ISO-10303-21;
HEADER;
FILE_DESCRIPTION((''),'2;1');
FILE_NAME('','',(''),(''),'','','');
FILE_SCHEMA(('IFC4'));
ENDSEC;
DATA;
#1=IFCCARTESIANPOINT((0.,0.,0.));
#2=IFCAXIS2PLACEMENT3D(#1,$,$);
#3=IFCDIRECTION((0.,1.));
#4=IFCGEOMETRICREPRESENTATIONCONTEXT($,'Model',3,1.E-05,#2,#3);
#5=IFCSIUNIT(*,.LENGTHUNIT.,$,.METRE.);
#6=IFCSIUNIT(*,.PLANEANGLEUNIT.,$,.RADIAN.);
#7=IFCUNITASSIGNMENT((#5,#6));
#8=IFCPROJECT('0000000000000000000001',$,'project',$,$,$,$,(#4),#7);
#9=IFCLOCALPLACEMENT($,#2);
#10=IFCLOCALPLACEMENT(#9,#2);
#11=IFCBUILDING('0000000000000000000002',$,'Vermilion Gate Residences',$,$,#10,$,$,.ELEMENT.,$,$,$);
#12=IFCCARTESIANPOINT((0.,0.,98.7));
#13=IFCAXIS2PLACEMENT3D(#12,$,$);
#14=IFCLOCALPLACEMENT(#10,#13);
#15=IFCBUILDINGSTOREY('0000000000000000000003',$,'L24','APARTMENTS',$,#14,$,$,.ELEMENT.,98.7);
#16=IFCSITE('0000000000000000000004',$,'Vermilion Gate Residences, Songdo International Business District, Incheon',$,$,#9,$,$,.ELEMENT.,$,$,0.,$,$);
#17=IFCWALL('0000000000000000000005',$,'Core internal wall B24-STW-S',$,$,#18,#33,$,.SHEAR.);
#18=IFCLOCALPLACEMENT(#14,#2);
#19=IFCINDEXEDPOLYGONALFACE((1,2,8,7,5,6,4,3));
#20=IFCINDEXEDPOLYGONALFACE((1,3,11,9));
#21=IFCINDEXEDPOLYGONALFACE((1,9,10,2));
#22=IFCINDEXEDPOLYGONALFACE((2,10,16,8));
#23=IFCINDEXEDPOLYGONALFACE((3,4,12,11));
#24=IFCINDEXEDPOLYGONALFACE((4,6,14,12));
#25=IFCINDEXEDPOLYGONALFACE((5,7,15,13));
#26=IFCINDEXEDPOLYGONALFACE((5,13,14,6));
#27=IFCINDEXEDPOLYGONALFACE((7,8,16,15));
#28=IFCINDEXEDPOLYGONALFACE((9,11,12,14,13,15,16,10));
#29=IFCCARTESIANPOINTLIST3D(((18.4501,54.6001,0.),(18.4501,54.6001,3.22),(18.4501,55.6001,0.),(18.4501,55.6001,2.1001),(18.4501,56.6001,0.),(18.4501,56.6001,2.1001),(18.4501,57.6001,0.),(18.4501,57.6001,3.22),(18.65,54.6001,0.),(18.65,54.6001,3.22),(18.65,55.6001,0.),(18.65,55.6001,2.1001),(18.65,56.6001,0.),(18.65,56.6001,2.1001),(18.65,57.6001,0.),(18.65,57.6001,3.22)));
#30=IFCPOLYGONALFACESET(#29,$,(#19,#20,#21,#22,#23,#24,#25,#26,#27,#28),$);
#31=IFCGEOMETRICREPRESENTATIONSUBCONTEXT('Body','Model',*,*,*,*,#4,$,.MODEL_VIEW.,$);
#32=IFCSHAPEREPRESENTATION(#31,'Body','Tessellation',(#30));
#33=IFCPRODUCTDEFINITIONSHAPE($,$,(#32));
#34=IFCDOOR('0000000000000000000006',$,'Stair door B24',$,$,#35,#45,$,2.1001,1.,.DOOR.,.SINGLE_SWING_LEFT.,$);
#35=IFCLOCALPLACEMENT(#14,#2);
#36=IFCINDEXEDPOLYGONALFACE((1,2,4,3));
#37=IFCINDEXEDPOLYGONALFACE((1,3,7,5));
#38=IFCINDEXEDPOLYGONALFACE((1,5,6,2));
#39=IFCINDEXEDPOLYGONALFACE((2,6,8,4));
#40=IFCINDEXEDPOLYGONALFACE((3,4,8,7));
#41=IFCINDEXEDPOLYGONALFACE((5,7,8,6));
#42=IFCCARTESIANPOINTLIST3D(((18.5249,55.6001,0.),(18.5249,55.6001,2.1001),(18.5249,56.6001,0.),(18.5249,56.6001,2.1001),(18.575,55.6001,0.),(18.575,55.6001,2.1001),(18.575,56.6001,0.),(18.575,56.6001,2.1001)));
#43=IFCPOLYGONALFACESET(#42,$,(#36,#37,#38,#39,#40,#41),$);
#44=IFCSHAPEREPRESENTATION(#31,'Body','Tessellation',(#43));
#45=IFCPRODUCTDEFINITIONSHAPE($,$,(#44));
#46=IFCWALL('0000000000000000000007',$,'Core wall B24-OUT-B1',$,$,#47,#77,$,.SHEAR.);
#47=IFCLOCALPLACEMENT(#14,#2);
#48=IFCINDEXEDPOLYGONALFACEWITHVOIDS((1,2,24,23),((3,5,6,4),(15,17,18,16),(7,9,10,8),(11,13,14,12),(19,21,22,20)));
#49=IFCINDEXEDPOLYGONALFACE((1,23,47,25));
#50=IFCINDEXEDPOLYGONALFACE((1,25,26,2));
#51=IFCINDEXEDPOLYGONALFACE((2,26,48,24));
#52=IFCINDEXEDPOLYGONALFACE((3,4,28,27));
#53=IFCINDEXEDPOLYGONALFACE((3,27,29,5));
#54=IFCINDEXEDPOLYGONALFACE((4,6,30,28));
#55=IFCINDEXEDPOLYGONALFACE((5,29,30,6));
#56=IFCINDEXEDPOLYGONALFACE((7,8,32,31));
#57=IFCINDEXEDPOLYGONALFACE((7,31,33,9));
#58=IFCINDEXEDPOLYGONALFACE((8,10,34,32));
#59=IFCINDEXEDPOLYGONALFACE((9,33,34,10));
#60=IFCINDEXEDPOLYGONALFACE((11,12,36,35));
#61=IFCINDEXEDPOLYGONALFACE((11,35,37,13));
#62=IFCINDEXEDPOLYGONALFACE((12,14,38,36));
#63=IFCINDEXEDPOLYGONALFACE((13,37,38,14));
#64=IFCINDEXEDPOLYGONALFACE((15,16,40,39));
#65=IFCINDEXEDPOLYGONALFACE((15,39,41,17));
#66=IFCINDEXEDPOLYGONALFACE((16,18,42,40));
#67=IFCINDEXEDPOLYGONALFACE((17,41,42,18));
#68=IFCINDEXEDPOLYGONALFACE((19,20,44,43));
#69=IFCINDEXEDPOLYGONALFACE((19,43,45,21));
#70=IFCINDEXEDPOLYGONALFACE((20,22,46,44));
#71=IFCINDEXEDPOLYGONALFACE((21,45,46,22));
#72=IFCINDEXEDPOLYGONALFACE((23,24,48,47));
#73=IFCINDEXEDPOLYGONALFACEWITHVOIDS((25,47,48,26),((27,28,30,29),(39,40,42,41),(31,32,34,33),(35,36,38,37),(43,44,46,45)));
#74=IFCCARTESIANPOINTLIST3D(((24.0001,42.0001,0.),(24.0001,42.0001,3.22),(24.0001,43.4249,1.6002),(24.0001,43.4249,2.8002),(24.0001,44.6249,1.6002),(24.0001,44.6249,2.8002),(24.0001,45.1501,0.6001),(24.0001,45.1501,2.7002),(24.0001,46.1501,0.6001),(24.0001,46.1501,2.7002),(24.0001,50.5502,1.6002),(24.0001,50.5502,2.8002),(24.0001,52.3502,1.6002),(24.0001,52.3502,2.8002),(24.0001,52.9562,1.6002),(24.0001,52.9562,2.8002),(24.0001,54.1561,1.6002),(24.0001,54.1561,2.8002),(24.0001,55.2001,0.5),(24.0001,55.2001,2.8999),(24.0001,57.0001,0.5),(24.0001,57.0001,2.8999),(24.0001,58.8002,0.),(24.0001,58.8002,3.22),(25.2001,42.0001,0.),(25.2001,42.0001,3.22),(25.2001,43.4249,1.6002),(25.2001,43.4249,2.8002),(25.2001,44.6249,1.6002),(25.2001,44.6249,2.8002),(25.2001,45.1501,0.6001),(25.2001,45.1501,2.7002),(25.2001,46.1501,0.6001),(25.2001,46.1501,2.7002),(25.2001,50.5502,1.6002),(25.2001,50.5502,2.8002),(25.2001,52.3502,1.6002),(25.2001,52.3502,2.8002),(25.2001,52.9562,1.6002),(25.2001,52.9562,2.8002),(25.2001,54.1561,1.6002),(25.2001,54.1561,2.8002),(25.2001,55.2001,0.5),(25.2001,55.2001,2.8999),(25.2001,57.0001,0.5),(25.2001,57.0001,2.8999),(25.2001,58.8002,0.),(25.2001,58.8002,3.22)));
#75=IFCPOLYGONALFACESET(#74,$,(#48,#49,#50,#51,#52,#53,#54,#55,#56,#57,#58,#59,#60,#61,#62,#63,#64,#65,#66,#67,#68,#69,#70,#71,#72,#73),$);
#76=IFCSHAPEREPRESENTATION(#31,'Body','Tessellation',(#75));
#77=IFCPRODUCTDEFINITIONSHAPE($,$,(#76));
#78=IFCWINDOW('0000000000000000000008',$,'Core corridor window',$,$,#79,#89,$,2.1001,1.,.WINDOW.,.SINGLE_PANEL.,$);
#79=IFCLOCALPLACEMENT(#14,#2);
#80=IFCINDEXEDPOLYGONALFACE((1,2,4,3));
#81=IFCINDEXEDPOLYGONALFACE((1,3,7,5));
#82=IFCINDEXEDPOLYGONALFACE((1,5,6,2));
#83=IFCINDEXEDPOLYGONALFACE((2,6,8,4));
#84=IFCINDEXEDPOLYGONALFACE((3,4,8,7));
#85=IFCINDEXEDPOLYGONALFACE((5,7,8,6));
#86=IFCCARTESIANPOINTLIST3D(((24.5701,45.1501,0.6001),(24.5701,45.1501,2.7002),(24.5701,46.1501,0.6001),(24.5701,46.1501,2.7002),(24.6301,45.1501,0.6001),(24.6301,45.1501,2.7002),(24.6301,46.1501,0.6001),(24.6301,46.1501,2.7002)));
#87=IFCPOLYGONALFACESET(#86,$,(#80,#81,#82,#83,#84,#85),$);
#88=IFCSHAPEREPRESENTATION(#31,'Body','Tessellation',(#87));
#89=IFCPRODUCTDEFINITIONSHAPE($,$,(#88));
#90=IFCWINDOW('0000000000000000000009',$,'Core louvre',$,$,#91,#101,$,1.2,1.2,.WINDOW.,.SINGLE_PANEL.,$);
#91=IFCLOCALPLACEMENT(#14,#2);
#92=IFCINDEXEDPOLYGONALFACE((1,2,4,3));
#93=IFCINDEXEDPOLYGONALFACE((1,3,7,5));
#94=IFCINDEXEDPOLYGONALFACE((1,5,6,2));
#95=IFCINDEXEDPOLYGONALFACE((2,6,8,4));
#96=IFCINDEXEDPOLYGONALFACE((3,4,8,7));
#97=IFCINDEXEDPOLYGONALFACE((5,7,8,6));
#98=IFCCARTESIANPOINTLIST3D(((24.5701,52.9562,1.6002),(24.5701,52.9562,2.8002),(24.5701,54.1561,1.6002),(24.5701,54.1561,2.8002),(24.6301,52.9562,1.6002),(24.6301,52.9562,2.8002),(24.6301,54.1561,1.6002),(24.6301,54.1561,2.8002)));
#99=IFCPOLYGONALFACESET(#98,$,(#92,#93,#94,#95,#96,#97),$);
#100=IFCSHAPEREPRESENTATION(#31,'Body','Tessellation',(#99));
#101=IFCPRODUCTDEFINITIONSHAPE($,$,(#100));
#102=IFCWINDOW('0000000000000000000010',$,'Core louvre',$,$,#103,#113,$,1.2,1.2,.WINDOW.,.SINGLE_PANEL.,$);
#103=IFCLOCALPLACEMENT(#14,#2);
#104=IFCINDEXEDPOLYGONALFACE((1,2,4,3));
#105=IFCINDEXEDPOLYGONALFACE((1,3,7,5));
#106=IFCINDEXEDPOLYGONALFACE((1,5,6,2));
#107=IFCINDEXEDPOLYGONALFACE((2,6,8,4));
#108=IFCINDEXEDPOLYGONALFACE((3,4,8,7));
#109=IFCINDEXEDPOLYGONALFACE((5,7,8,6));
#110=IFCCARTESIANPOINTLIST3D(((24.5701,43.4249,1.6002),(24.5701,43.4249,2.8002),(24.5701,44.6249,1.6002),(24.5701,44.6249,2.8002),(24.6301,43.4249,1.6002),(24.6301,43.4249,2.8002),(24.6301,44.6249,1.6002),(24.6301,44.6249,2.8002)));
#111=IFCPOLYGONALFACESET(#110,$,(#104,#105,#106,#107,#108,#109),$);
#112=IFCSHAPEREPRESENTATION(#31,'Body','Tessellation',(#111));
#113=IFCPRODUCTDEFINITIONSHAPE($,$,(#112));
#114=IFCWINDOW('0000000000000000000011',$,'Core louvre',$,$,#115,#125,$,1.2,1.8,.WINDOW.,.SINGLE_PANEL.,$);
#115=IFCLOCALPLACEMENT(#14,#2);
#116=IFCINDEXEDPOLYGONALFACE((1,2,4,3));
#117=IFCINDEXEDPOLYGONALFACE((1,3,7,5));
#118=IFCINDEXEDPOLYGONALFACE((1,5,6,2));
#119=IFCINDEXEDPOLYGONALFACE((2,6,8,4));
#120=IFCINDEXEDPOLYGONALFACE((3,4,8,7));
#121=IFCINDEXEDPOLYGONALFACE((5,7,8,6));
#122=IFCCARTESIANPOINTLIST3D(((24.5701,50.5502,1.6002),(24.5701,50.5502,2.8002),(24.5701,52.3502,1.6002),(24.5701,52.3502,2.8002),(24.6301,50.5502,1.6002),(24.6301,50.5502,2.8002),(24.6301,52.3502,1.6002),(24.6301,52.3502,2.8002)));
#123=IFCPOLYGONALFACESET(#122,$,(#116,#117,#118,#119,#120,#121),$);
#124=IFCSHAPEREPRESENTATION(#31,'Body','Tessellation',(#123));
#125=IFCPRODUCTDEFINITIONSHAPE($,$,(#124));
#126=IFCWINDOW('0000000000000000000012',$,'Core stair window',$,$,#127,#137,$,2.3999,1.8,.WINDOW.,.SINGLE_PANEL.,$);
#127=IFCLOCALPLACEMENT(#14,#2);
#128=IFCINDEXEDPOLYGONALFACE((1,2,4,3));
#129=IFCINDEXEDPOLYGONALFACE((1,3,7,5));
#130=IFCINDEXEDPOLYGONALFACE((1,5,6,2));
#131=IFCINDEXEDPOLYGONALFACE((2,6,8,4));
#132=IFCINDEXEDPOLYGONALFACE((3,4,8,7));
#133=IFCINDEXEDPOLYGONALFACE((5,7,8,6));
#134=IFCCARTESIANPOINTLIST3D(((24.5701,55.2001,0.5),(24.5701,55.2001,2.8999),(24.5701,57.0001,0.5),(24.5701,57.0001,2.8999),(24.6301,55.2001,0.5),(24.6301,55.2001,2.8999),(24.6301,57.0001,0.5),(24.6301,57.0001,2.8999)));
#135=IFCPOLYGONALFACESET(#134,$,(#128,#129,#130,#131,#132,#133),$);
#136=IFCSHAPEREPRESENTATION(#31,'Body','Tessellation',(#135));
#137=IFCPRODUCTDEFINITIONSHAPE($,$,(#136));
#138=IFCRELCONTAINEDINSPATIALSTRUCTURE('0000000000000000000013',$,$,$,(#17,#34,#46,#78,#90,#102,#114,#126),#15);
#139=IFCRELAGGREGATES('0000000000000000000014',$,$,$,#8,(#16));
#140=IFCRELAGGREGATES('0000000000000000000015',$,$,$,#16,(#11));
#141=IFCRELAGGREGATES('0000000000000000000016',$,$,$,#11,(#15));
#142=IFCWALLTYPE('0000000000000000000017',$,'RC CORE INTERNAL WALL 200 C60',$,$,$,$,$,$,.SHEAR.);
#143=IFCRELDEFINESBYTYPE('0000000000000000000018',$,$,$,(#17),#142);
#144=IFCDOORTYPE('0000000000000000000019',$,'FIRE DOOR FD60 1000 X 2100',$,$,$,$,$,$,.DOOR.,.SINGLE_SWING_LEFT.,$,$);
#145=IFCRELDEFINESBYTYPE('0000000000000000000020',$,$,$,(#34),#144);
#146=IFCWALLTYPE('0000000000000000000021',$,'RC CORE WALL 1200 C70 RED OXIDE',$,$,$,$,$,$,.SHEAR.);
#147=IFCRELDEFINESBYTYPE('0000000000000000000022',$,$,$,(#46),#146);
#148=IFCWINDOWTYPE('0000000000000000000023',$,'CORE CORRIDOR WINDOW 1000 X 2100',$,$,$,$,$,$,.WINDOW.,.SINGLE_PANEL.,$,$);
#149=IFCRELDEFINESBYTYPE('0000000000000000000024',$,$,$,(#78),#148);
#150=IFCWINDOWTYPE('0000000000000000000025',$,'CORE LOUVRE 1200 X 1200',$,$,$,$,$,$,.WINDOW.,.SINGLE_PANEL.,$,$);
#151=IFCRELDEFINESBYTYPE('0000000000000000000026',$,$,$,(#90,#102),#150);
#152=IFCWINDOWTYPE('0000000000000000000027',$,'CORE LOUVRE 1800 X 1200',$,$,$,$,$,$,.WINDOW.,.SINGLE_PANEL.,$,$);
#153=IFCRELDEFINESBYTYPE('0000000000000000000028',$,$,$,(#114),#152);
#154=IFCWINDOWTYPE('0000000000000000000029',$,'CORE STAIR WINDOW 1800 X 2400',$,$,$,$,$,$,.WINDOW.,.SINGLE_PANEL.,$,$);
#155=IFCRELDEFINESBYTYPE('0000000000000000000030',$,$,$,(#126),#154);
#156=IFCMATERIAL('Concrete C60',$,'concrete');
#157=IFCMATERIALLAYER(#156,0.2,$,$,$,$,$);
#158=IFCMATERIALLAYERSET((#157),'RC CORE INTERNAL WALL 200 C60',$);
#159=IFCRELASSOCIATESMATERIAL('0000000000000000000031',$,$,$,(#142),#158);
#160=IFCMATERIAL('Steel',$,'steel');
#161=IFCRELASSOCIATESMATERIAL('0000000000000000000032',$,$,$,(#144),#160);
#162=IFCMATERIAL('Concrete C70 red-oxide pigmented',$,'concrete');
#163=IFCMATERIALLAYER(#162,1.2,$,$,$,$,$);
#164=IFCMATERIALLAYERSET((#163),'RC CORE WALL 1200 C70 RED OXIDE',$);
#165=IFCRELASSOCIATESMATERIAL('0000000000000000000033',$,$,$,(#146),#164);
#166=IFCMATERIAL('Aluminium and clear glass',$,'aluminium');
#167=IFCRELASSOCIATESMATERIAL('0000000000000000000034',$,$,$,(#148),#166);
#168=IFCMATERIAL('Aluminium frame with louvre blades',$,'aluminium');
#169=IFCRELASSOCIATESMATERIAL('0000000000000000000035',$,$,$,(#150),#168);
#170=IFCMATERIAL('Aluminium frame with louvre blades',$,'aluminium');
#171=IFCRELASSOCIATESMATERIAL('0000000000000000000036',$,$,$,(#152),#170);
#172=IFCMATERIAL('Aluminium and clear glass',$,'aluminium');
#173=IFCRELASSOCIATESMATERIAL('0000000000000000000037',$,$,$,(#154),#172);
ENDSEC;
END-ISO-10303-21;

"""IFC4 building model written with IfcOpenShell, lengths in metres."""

from ifc_helpers import new_model, si_unit, direction, frame, frame_2d, origin, place, context, subcontext, project, spatial, rectangle, extrude, material, layer, layer_set, type_object, element, fill, save


model = new_model("IFC4")

# Units and contexts
model_context = context("Model", 3, precision=1e-05, world=origin(), true_north=direction((0.0, 1.0)))
body_context = subcontext(model_context, "Body", "Model", "MODEL_VIEW")
ifc_project = project(units=[si_unit("LENGTHUNIT", "METRE"), si_unit("PLANEANGLEUNIT", "RADIAN")], contexts=[model_context])

# Site, building, storey
site_placement = place(None, origin())
site = spatial("IfcSite", under=ifc_project, at=site_placement, Name="Vermilion Gate Residences, Songdo International Business District, Incheon", CompositionType="ELEMENT", RefElevation=0.0)
building_placement = place(site_placement, origin())
building = spatial("IfcBuilding", under=site, at=building_placement, Name="Vermilion Gate Residences", CompositionType="ELEMENT")
storey_placement = place(building_placement, frame((0.0, 0.0, 98.7)))
storey = spatial("IfcBuildingStorey", under=building, at=storey_placement, Name="L24", Description="APARTMENTS", CompositionType="ELEMENT", Elevation=98.7)

# Shared definitions
ifc_material_1 = material(Name="Concrete C60", Category="concrete")
ifc_layer_1 = layer(ifc_material_1, 0.2)
ifc_layer_set_1 = layer_set([ifc_layer_1], Name="RC CORE INTERNAL WALL 200 C60")
wall_type_1 = type_object("IfcWallType", Name="RC CORE INTERNAL WALL 200 C60", PredefinedType="SHEAR", material=ifc_layer_set_1)

# Wall, opening, door
wall_1_placement = place(storey_placement, frame((18.55, 57.6001, 0.0), z_axis=(0.0, 0.0, 1.0), x_axis=(0.0, -1.0, 0.0)))
wall_1 = element("IfcWall", 1, at=wall_1_placement, inside=storey, type_object=wall_type_1, Name="Core internal wall B24-STW-S", PredefinedType="SHEAR", context=body_context, shape_type="SweptSolid", body=[
    extrude(rectangle(XDim=3.0, YDim=0.2, at=frame_2d((1.5, 0.0))), origin(), (0.0, 0.0, 1.0), 3.22),
])
opening_1_placement = place(wall_1_placement, frame((1.0, 0.0, 0.0)))
opening_1 = element("IfcOpeningElement", 2, at=opening_1_placement, cuts=wall_1, PredefinedType="OPENING", context=body_context, shape_type="SweptSolid", body=[
    extrude(rectangle(XDim=1.0, YDim=2.1001, at=frame_2d((0.5, 1.05))), frame((0.0, 0.1099, 0.0), z_axis=(0.0, -1.0, 0.0), x_axis=(1.0, 0.0, 0.0)), (0.0, 0.0, 1.0), 0.22),
])
ifc_material_2 = material(Name="Steel", Category="steel")
door_type_1 = type_object("IfcDoorType", Name="FIRE DOOR FD60 1000 X 2100", OperationType="SINGLE_SWING_LEFT", PredefinedType="DOOR", material=ifc_material_2)
door_1_placement = place(opening_1_placement, origin())
door_1 = element("IfcDoor", 3, at=door_1_placement, inside=storey, type_object=door_type_1, Name="Stair door B24", OperationType="SINGLE_SWING_LEFT", OverallHeight=2.1001, OverallWidth=1.0, PredefinedType="DOOR", context=body_context, shape_type="SweptSolid", body=[
    extrude(rectangle(XDim=1.0, YDim=2.1001, at=frame_2d((0.5, 1.05))), frame((0.0, 0.0249, 0.0), z_axis=(0.0, -1.0, 0.0), x_axis=(1.0, 0.0, 0.0)), (0.0, 0.0, 1.0), 0.05),
])
fill(opening_1, door_1)

# Wall, openings, windows
ifc_material_3 = material(Name="Concrete C70 red-oxide pigmented", Category="concrete")
ifc_layer_2 = layer(ifc_material_3, 1.2)
ifc_layer_set_2 = layer_set([ifc_layer_2], Name="RC CORE WALL 1200 C70 RED OXIDE")
wall_type_2 = type_object("IfcWallType", Name="RC CORE WALL 1200 C70 RED OXIDE", PredefinedType="SHEAR", material=ifc_layer_set_2)
wall_2_placement = place(storey_placement, frame((24.6001, 58.8, 0.0), z_axis=(0.0, 0.0, 1.0), x_axis=(0.0, -1.0, 0.0)))
wall_2 = element("IfcWall", 4, at=wall_2_placement, inside=storey, type_object=wall_type_2, Name="Core wall B24-OUT-B1", PredefinedType="SHEAR", context=body_context, shape_type="SweptSolid", body=[
    extrude(rectangle(XDim=16.8, YDim=1.2, at=frame_2d((8.3999, 0.0))), origin(), (0.0, 0.0, 1.0), 3.22),
])
opening_2_placement = place(wall_2_placement, frame((1.8, 0.0, 0.5)))
opening_2 = element("IfcOpeningElement", 5, at=opening_2_placement, cuts=wall_2, PredefinedType="OPENING", context=body_context, shape_type="SweptSolid", body=[
    extrude(rectangle(XDim=1.8, YDim=2.3999, at=frame_2d((0.8999, 1.2))), frame((0.0, 0.6099, 0.0), z_axis=(0.0, -1.0, 0.0), x_axis=(1.0, 0.0, 0.0)), (0.0, 0.0, 1.0), 1.22),
])
opening_3_placement = place(wall_2_placement, frame((4.6438, 0.0, 1.6001)))
opening_3 = element("IfcOpeningElement", 6, at=opening_3_placement, cuts=wall_2, PredefinedType="OPENING", context=body_context, shape_type="SweptSolid", body=[
    extrude(rectangle(XDim=1.2, YDim=1.2, at=frame_2d((0.6001, 0.6001))), frame((0.0, 0.6099, 0.0), z_axis=(0.0, -1.0, 0.0), x_axis=(1.0, 0.0, 0.0)), (0.0, 0.0, 1.0), 1.22),
])
opening_4_placement = place(wall_2_placement, frame((6.45, 0.0, 1.6001)))
opening_4 = element("IfcOpeningElement", 7, at=opening_4_placement, cuts=wall_2, PredefinedType="OPENING", context=body_context, shape_type="SweptSolid", body=[
    extrude(rectangle(XDim=1.8, YDim=1.2, at=frame_2d((0.8999, 0.6001))), frame((0.0, 0.6099, 0.0), z_axis=(0.0, -1.0, 0.0), x_axis=(1.0, 0.0, 0.0)), (0.0, 0.0, 1.0), 1.22),
])
opening_5_placement = place(wall_2_placement, frame((12.6499, 0.0, 0.6001)))
opening_5 = element("IfcOpeningElement", 8, at=opening_5_placement, cuts=wall_2, PredefinedType="OPENING", context=body_context, shape_type="SweptSolid", body=[
    extrude(rectangle(XDim=1.0, YDim=2.1001, at=frame_2d((0.5, 1.05))), frame((0.0, 0.6099, 0.0), z_axis=(0.0, -1.0, 0.0), x_axis=(1.0, 0.0, 0.0)), (0.0, 0.0, 1.0), 1.22),
])
opening_6_placement = place(wall_2_placement, frame((14.175, 0.0, 1.6001)))
opening_6 = element("IfcOpeningElement", 9, at=opening_6_placement, cuts=wall_2, PredefinedType="OPENING", context=body_context, shape_type="SweptSolid", body=[
    extrude(rectangle(XDim=1.2, YDim=1.2, at=frame_2d((0.6001, 0.6001))), frame((0.0, 0.6099, 0.0), z_axis=(0.0, -1.0, 0.0), x_axis=(1.0, 0.0, 0.0)), (0.0, 0.0, 1.0), 1.22),
])
ifc_material_4 = material(Name="Aluminium and clear glass", Category="aluminium")
window_type_1 = type_object("IfcWindowType", Name="CORE CORRIDOR WINDOW 1000 X 2100", PartitioningType="SINGLE_PANEL", PredefinedType="WINDOW", material=ifc_material_4)
window_1_placement = place(opening_5_placement, origin())
window_1 = element("IfcWindow", 10, at=window_1_placement, inside=storey, type_object=window_type_1, Name="Core corridor window", OverallHeight=2.1001, OverallWidth=1.0, PartitioningType="SINGLE_PANEL", PredefinedType="WINDOW", context=body_context, shape_type="SweptSolid", body=[
    extrude(rectangle(XDim=1.0, YDim=2.1001, at=frame_2d((0.5, 1.05))), frame((0.0, 0.03, 0.0), z_axis=(0.0, -1.0, 0.0), x_axis=(1.0, 0.0, 0.0)), (0.0, 0.0, 1.0), 0.0601),
])
fill(opening_5, window_1)
ifc_material_5 = material(Name="Aluminium frame with louvre blades", Category="aluminium")
window_type_2 = type_object("IfcWindowType", Name="CORE LOUVRE 1200 X 1200", PartitioningType="SINGLE_PANEL", PredefinedType="WINDOW", material=ifc_material_5)
window_2_placement = place(opening_3_placement, origin())
window_2 = element("IfcWindow", 11, at=window_2_placement, inside=storey, type_object=window_type_2, Name="Core louvre", OverallHeight=1.2, OverallWidth=1.2, PartitioningType="SINGLE_PANEL", PredefinedType="WINDOW", context=body_context, shape_type="SweptSolid", body=[
    extrude(rectangle(XDim=1.2, YDim=1.2, at=frame_2d((0.6001, 0.6001))), frame((0.0, 0.03, 0.0), z_axis=(0.0, -1.0, 0.0), x_axis=(1.0, 0.0, 0.0)), (0.0, 0.0, 1.0), 0.0601),
])
fill(opening_3, window_2)
window_3_placement = place(opening_6_placement, origin())
window_3 = element("IfcWindow", 12, at=window_3_placement, inside=storey, type_object=window_type_2, Name="Core louvre", OverallHeight=1.2, OverallWidth=1.2, PartitioningType="SINGLE_PANEL", PredefinedType="WINDOW", context=body_context, shape_type="SweptSolid", body=[
    extrude(rectangle(XDim=1.2, YDim=1.2, at=frame_2d((0.6001, 0.6001))), frame((0.0, 0.03, 0.0), z_axis=(0.0, -1.0, 0.0), x_axis=(1.0, 0.0, 0.0)), (0.0, 0.0, 1.0), 0.0601),
])
fill(opening_6, window_3)
ifc_material_6 = material(Name="Aluminium frame with louvre blades", Category="aluminium")
window_type_3 = type_object("IfcWindowType", Name="CORE LOUVRE 1800 X 1200", PartitioningType="SINGLE_PANEL", PredefinedType="WINDOW", material=ifc_material_6)
window_4_placement = place(opening_4_placement, origin())
window_4 = element("IfcWindow", 13, at=window_4_placement, inside=storey, type_object=window_type_3, Name="Core louvre", OverallHeight=1.2, OverallWidth=1.8, PartitioningType="SINGLE_PANEL", PredefinedType="WINDOW", context=body_context, shape_type="SweptSolid", body=[
    extrude(rectangle(XDim=1.8, YDim=1.2, at=frame_2d((0.8999, 0.6001))), frame((0.0, 0.03, 0.0), z_axis=(0.0, -1.0, 0.0), x_axis=(1.0, 0.0, 0.0)), (0.0, 0.0, 1.0), 0.0601),
])
fill(opening_4, window_4)
ifc_material_7 = material(Name="Aluminium and clear glass", Category="aluminium")
window_type_4 = type_object("IfcWindowType", Name="CORE STAIR WINDOW 1800 X 2400", PartitioningType="SINGLE_PANEL", PredefinedType="WINDOW", material=ifc_material_7)
window_5_placement = place(opening_2_placement, origin())
window_5 = element("IfcWindow", 14, at=window_5_placement, inside=storey, type_object=window_type_4, Name="Core stair window", OverallHeight=2.3999, OverallWidth=1.8, PartitioningType="SINGLE_PANEL", PredefinedType="WINDOW", context=body_context, shape_type="SweptSolid", body=[
    extrude(rectangle(XDim=1.8, YDim=2.3999, at=frame_2d((0.8999, 1.2))), frame((0.0, 0.03, 0.0), z_axis=(0.0, -1.0, 0.0), x_axis=(1.0, 0.0, 0.0)), (0.0, 0.0, 1.0), 0.0601),
])
fill(opening_2, window_5)

save(model, "model.ifc")
